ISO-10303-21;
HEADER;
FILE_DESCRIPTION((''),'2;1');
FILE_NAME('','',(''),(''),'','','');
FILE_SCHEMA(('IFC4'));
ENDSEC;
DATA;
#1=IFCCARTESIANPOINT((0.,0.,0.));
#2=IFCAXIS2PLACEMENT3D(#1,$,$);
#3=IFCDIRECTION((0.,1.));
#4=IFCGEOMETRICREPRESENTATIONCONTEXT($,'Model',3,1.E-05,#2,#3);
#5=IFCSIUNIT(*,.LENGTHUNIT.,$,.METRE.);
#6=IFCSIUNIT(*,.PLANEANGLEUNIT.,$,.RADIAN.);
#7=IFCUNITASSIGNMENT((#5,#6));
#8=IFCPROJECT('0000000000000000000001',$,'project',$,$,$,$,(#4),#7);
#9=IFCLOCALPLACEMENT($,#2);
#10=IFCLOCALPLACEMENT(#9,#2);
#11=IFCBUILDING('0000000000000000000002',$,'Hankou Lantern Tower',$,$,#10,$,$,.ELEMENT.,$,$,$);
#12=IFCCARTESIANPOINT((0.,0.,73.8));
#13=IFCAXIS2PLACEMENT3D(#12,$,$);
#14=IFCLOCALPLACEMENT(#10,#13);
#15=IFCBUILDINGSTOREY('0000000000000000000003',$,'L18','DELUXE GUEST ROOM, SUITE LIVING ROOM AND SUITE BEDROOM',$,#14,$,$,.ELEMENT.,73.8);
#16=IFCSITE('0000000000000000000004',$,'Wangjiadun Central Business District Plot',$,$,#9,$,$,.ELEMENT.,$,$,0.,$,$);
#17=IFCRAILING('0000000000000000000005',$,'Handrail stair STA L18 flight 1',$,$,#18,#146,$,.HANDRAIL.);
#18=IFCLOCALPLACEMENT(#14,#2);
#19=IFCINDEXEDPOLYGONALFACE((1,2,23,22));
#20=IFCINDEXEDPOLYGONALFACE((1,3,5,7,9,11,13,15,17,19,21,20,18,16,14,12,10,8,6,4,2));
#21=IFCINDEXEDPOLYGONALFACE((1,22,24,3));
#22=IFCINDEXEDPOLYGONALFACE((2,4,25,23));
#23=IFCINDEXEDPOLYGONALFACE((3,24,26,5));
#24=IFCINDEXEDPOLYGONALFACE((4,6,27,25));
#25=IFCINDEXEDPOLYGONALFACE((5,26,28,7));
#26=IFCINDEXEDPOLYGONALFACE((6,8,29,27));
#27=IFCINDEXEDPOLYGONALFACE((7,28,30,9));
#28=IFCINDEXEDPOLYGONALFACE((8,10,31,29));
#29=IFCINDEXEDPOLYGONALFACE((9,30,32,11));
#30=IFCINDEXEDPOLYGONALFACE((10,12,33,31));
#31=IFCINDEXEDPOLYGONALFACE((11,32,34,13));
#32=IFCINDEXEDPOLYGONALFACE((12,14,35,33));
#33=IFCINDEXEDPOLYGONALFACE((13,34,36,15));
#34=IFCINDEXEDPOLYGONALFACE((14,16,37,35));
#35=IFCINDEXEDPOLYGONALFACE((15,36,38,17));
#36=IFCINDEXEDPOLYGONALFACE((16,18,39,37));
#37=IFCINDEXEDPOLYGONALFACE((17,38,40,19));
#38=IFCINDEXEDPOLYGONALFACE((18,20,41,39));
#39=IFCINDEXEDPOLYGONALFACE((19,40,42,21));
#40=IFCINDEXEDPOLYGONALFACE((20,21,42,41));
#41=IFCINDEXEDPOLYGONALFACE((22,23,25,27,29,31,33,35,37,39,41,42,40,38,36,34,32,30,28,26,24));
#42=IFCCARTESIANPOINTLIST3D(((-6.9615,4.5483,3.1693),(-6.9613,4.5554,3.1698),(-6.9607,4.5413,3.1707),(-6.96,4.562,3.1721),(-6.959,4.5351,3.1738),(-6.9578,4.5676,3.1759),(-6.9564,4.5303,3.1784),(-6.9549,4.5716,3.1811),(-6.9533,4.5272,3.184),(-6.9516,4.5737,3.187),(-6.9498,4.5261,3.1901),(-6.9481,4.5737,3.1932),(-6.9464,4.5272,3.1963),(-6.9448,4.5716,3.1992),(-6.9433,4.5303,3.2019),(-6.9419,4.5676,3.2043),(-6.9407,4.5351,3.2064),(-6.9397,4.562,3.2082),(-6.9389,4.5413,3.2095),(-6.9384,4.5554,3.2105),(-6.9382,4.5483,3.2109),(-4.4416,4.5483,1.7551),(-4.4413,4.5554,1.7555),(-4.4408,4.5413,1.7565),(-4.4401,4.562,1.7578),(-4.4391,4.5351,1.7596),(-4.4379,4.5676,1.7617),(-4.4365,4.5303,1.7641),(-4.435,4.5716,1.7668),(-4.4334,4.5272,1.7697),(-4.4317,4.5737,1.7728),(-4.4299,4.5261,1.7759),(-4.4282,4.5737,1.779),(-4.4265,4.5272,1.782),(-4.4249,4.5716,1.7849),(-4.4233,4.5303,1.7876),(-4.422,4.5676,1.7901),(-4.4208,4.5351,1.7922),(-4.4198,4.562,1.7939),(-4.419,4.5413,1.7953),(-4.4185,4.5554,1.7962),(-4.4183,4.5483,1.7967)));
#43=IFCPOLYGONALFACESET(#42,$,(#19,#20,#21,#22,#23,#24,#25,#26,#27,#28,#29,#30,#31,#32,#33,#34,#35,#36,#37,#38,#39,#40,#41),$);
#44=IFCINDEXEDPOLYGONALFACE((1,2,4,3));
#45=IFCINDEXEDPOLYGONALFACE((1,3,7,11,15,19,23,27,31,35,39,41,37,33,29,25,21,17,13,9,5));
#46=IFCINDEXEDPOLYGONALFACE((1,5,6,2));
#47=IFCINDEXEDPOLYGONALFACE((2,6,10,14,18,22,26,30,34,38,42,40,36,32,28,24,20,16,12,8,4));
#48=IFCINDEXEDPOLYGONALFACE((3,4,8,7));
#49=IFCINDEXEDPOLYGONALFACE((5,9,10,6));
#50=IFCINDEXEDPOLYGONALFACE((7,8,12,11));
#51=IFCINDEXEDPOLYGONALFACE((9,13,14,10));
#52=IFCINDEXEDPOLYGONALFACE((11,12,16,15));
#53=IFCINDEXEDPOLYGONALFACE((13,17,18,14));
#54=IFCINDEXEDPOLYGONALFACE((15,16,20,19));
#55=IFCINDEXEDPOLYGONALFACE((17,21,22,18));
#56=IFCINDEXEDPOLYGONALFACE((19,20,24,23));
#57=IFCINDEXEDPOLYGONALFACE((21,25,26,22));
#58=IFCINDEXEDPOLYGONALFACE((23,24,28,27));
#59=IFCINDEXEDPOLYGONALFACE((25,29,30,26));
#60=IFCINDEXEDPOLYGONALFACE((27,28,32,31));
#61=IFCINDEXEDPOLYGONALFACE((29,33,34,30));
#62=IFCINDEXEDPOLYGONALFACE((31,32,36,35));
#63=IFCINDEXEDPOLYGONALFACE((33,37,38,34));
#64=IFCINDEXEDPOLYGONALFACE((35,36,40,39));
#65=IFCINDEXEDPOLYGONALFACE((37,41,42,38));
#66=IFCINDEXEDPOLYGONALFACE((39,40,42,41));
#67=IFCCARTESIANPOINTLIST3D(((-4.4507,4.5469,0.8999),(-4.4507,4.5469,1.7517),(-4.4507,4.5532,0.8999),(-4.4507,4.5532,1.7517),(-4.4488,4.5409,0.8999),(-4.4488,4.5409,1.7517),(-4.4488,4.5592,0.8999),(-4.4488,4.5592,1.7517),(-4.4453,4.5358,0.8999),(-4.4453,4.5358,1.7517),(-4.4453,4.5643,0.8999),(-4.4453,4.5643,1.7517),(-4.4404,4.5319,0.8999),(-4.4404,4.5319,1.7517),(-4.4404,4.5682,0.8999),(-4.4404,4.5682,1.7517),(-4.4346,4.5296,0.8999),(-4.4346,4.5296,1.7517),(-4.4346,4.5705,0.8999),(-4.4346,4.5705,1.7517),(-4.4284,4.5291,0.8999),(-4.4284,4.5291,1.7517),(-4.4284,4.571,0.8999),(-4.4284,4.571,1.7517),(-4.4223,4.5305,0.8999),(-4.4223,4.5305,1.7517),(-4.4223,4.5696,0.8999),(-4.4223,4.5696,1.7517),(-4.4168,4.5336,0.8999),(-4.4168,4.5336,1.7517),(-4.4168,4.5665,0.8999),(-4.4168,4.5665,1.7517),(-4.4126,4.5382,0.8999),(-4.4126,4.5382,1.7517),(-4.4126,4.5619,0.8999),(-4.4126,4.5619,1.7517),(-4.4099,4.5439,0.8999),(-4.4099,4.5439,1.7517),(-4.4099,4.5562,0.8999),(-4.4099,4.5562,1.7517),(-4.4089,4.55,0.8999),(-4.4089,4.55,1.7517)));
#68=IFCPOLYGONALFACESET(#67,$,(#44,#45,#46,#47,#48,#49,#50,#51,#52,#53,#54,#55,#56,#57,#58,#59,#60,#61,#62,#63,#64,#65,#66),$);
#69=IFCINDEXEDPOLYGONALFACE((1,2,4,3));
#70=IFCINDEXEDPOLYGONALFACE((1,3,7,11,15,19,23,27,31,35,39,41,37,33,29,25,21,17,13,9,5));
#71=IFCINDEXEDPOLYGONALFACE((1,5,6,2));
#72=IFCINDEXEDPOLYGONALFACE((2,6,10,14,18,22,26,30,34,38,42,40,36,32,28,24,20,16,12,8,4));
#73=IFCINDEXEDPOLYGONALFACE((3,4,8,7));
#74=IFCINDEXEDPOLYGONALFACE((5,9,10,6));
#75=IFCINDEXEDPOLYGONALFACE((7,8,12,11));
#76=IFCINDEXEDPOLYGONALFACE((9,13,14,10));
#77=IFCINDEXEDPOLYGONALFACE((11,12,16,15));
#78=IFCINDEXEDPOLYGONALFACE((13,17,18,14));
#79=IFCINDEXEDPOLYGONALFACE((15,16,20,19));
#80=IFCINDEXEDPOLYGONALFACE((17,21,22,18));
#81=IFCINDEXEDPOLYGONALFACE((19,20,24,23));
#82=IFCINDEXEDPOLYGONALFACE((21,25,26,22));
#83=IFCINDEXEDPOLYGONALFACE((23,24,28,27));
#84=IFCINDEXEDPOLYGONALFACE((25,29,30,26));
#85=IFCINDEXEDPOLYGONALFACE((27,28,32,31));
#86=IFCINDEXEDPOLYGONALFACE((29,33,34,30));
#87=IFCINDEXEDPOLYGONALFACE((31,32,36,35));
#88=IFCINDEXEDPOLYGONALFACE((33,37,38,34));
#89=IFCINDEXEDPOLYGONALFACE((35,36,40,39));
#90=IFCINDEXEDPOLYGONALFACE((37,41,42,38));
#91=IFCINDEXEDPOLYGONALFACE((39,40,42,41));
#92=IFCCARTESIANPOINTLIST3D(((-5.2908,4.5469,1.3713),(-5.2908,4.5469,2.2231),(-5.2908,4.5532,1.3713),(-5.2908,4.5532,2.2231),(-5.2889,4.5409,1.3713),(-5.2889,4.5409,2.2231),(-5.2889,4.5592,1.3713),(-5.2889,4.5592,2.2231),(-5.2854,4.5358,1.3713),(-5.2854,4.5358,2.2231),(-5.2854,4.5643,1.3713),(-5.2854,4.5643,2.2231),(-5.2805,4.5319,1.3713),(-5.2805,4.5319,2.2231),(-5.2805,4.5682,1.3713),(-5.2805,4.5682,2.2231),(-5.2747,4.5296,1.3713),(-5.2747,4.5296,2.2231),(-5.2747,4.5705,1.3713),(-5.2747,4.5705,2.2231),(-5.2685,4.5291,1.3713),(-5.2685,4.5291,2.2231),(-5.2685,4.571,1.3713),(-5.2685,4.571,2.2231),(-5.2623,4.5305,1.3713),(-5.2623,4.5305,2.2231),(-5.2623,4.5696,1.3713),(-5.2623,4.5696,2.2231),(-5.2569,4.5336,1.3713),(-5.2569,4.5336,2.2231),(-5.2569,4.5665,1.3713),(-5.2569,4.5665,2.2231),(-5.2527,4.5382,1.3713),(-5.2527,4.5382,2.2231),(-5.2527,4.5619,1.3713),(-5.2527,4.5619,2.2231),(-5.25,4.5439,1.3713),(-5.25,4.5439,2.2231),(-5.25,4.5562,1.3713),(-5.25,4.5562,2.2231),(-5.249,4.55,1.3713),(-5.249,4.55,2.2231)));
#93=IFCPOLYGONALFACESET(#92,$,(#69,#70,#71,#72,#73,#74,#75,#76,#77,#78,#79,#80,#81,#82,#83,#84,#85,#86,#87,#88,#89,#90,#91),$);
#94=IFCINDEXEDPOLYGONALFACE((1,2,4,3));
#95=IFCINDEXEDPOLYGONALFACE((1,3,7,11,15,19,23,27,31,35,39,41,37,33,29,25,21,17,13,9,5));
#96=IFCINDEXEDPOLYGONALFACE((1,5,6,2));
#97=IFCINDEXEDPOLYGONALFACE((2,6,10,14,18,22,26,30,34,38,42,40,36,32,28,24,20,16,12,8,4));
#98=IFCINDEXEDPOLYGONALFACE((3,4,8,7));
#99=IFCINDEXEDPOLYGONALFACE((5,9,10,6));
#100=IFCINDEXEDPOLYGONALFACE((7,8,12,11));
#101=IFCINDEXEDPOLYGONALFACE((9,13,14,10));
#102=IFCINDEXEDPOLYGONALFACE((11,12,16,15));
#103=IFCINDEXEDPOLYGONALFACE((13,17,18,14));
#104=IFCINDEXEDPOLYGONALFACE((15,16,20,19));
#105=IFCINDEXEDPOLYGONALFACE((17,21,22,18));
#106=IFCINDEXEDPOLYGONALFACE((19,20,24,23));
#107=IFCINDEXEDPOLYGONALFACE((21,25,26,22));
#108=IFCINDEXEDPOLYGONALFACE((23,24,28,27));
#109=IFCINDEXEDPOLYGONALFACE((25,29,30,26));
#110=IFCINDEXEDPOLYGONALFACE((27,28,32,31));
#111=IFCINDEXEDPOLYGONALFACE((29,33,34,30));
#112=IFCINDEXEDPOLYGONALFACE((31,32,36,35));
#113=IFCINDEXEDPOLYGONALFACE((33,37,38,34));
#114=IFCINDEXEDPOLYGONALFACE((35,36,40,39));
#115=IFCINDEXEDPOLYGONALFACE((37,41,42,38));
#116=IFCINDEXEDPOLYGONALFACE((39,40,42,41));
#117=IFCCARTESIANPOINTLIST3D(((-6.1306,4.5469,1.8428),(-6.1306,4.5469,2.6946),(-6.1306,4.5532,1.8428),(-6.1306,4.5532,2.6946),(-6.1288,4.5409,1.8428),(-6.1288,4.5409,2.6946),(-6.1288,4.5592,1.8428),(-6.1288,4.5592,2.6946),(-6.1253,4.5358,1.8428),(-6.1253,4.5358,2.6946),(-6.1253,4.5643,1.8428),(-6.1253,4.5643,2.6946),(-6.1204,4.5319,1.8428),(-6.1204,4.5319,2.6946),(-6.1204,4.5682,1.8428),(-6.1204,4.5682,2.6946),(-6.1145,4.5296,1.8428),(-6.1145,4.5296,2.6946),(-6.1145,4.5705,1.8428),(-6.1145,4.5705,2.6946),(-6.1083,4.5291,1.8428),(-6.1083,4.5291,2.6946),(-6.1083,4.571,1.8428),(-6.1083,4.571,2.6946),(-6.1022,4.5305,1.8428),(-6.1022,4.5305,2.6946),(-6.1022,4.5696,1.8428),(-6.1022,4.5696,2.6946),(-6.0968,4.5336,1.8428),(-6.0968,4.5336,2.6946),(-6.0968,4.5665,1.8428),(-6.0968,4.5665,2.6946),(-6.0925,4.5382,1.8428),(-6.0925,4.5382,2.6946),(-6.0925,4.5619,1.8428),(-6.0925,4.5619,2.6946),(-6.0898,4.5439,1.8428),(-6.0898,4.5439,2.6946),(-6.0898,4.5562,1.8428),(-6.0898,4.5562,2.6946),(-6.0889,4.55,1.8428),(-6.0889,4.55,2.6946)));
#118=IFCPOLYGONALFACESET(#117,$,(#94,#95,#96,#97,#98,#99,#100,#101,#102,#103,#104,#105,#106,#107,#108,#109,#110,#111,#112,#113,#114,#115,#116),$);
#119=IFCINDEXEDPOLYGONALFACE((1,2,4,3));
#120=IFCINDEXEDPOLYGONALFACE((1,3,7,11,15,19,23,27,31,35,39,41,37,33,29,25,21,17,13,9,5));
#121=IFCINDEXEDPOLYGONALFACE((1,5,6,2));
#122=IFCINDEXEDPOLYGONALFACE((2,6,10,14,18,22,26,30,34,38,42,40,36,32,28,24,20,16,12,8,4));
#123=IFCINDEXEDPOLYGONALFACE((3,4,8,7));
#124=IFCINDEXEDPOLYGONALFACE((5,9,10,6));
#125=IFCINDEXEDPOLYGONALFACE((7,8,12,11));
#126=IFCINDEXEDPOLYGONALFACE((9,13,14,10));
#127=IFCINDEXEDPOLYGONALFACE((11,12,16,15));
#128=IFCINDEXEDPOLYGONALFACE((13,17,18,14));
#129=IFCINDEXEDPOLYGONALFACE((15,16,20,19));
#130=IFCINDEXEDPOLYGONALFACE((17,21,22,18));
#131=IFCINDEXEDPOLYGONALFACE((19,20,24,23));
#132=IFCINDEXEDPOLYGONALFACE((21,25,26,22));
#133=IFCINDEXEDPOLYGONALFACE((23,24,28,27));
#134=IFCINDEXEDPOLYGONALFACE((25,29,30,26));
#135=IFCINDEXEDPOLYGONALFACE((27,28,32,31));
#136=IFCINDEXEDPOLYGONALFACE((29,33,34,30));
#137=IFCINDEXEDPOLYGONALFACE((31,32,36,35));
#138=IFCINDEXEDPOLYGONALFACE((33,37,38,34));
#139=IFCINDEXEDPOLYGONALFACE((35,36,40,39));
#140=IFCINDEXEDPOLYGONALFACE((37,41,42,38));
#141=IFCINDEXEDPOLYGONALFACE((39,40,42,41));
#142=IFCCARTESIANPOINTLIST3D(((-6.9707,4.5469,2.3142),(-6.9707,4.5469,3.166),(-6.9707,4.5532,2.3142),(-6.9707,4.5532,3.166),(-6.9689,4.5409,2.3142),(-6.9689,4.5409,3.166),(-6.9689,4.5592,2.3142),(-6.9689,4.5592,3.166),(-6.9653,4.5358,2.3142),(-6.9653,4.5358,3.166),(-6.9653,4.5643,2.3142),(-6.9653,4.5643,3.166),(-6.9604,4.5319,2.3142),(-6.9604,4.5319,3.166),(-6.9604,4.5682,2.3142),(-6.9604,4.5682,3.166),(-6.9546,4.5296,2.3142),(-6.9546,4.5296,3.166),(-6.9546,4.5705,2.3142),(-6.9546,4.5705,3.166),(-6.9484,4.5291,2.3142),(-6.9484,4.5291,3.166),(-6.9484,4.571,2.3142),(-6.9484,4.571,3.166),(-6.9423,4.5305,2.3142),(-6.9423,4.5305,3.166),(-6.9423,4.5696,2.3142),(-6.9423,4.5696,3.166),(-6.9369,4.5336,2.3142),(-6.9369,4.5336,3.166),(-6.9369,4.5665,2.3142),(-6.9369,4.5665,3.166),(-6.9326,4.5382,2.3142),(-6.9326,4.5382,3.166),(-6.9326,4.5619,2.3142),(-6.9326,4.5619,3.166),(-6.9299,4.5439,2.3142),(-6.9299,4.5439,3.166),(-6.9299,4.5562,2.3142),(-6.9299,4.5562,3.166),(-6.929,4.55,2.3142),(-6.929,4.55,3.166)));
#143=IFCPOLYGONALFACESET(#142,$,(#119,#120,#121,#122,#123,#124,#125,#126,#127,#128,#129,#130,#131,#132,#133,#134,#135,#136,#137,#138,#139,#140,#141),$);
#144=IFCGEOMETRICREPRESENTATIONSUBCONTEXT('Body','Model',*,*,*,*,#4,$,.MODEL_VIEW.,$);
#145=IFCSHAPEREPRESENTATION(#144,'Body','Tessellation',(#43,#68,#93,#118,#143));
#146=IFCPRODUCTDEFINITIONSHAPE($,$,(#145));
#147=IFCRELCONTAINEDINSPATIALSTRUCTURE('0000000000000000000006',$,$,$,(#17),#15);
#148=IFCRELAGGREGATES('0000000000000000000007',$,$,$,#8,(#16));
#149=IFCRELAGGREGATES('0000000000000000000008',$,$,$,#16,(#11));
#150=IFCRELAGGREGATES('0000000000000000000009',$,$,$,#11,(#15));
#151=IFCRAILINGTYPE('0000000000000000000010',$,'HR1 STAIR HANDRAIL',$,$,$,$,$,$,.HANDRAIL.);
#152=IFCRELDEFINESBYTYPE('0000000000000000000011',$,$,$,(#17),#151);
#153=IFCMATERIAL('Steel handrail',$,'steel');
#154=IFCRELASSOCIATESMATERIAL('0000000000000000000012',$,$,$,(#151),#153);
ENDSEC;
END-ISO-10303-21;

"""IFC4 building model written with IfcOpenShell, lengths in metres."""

from ifc_helpers import new_model, si_unit, direction, frame, origin, origin_2d, place, context, subcontext, project, spatial, circle, extrude, material, type_object, element, save


model = new_model("IFC4")

# Units and contexts
model_context = context("Model", 3, precision=1e-05, world=origin(), true_north=direction((0.0, 1.0)))
body_context = subcontext(model_context, "Body", "Model", "MODEL_VIEW")
ifc_project = project(units=[si_unit("LENGTHUNIT", "METRE"), si_unit("PLANEANGLEUNIT", "RADIAN")], contexts=[model_context])

# Site, building, storey
site_placement = place(None, origin())
site = spatial("IfcSite", under=ifc_project, at=site_placement, Name="Wangjiadun Central Business District Plot", CompositionType="ELEMENT", RefElevation=0.0)
building_placement = place(site_placement, origin())
building = spatial("IfcBuilding", under=site, at=building_placement, Name="Hankou Lantern Tower", CompositionType="ELEMENT")
storey_placement = place(building_placement, frame((0.0, 0.0, 73.8)))
storey = spatial("IfcBuildingStorey", under=building, at=storey_placement, Name="L18", Description="DELUXE GUEST ROOM, SUITE LIVING ROOM AND SUITE BEDROOM", CompositionType="ELEMENT", Elevation=73.8)

# Railing
ifc_material_1 = material(Name="Steel handrail", Category="steel")
railing_type = type_object("IfcRailingType", Name="HR1 STAIR HANDRAIL", PredefinedType="HANDRAIL", material=ifc_material_1)
railing_1_placement = place(storey_placement, frame((-4.4299, 4.55, 0.8999)))
element("IfcRailing", 1, at=railing_1_placement, inside=storey, type_object=railing_type, Name="Handrail stair STA L18 flight 1", PredefinedType="HANDRAIL", context=body_context, shape_type="SweptSolid", body=[
    extrude(circle(Radius=0.0239, at=origin_2d()), frame((0.0, 0.0, 0.876), z_axis=(-0.872049, 0.0, 0.489419), x_axis=(0.0, -1.0, 0.0)), (0.0, 0.0, 1.0), 2.8896),
    extrude(circle(Radius=0.021, at=origin_2d()), origin(), (0.0, 0.0, 1.0), 0.8518),
    extrude(circle(Radius=0.021, at=origin_2d()), frame((-0.8401, 0.0, 0.4714)), (0.0, 0.0, 1.0), 0.8518),
    extrude(circle(Radius=0.021, at=origin_2d()), frame((-1.6799, 0.0, 0.9429)), (0.0, 0.0, 1.0), 0.8518),
    extrude(circle(Radius=0.021, at=origin_2d()), frame((-2.52, 0.0, 1.4143)), (0.0, 0.0, 1.0), 0.8518),
])

save(model, "model.ifc")
